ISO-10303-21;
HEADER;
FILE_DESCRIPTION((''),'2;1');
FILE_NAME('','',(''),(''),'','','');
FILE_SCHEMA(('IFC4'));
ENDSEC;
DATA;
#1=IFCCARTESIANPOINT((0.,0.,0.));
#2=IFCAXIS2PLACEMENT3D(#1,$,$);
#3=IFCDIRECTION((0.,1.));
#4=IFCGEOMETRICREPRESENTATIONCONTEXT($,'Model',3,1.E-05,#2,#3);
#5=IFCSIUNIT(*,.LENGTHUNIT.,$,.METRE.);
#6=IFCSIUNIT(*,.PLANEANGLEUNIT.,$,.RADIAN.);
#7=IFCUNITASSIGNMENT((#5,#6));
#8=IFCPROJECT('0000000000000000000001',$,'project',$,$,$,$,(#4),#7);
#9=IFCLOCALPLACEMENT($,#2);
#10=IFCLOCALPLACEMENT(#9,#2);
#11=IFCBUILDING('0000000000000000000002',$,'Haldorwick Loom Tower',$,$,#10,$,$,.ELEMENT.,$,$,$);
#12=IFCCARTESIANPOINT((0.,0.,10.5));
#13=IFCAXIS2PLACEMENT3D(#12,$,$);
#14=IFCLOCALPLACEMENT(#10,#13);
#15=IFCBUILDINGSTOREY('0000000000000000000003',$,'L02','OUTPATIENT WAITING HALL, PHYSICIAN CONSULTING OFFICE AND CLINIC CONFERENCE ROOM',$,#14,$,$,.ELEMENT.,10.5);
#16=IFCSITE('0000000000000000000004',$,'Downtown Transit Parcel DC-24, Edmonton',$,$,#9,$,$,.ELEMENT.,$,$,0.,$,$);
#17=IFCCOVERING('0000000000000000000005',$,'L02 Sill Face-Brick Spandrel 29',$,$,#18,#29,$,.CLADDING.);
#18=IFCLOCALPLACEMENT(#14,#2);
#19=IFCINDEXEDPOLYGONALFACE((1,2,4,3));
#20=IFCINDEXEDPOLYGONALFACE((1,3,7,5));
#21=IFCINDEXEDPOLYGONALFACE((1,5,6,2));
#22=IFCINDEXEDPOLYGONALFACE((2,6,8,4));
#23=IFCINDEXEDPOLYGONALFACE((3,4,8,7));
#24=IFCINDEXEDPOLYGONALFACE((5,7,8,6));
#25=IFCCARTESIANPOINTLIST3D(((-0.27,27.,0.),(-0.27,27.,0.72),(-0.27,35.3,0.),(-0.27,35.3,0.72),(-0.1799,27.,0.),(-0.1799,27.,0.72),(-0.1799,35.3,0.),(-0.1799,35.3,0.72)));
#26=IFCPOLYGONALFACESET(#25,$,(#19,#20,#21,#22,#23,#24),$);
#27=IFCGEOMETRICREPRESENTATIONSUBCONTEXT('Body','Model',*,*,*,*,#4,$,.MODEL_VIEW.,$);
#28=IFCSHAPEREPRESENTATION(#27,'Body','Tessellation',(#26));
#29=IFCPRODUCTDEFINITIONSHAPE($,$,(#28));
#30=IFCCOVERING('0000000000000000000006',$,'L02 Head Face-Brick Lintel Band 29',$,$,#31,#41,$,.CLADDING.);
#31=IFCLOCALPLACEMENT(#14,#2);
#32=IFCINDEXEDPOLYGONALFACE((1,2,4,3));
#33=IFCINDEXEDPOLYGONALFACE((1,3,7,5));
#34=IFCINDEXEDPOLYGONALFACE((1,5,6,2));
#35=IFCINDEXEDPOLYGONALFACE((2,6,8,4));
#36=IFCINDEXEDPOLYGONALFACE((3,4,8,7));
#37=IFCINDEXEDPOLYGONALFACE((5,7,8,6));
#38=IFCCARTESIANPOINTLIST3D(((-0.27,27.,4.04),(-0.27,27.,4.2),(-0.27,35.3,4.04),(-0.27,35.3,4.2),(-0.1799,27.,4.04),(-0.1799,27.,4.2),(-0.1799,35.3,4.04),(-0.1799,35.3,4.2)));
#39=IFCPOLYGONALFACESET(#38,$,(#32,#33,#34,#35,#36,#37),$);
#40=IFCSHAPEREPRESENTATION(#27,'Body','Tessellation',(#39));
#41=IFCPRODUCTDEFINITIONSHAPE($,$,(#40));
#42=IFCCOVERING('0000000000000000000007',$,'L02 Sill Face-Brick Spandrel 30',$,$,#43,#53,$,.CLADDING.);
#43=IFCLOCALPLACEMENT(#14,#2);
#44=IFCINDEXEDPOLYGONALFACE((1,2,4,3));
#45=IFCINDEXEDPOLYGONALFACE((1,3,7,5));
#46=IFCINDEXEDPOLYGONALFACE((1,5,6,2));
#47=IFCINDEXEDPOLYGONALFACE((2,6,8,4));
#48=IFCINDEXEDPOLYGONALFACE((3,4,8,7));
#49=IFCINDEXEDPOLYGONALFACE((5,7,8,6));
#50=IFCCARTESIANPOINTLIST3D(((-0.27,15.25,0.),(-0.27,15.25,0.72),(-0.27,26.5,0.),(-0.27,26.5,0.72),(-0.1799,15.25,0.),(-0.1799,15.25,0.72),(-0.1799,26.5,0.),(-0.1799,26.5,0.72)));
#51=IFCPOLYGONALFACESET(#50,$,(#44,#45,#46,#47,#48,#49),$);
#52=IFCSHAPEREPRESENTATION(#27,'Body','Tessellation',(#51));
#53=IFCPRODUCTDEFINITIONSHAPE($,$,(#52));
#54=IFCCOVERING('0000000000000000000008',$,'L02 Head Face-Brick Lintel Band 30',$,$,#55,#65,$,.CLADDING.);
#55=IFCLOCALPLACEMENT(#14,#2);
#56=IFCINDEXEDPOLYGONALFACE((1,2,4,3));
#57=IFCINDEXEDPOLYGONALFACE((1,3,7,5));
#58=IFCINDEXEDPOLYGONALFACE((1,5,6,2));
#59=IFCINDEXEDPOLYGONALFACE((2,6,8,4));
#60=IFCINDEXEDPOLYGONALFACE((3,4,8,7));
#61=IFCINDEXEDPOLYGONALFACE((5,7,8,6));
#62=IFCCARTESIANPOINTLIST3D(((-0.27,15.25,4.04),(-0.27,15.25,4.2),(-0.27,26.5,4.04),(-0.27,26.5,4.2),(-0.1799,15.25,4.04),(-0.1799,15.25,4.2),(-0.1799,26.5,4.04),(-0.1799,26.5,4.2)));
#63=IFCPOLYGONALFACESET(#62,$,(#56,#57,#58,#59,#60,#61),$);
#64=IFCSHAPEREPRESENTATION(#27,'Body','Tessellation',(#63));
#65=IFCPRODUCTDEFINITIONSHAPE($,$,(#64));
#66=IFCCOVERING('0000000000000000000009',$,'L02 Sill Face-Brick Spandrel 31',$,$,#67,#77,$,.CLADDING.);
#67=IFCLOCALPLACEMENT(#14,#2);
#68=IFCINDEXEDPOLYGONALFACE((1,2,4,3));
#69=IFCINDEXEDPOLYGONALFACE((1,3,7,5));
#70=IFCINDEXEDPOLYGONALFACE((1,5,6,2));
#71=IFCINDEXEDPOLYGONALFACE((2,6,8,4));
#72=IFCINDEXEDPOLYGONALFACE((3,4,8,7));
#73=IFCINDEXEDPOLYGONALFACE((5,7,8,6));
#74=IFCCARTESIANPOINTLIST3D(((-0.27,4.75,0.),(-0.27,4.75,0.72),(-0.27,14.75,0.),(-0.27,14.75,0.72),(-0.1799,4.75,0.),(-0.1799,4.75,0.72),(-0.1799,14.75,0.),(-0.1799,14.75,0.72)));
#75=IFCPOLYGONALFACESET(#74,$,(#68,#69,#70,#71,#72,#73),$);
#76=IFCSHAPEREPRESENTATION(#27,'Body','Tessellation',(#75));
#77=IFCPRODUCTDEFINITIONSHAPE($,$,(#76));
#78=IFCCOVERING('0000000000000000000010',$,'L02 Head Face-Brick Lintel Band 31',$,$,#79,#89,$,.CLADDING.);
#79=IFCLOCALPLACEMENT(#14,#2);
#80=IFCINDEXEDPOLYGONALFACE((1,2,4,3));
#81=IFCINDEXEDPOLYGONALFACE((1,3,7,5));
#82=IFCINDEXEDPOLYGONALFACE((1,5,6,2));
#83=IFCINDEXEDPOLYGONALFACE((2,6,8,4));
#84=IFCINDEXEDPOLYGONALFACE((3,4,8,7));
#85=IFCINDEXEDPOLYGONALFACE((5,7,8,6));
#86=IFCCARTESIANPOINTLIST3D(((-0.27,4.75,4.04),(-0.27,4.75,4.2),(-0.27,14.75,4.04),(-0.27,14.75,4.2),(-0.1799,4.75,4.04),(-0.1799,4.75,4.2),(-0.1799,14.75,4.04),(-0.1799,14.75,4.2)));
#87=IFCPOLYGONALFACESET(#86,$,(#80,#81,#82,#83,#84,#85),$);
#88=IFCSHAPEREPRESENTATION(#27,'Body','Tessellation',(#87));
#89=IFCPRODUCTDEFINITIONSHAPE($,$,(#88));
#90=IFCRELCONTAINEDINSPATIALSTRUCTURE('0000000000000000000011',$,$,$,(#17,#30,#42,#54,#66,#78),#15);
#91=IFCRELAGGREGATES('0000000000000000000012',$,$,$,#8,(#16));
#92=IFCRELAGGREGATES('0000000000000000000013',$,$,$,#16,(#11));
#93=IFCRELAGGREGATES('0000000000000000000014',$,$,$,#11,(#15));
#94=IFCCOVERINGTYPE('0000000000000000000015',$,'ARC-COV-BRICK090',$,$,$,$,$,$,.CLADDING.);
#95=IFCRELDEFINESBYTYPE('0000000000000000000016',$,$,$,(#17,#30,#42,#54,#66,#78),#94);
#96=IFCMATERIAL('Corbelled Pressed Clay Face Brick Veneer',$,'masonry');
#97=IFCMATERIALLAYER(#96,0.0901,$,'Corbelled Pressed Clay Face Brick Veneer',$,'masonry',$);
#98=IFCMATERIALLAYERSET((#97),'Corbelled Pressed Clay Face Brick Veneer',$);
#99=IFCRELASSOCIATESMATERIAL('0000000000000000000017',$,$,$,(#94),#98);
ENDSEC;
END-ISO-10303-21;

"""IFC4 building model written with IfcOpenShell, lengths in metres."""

from ifc_helpers import new_model, si_unit, direction, frame, origin, place, context, subcontext, project, spatial, polyline, outline, extrude, material, layer, layer_set, type_object, element, save


model = new_model("IFC4")

# Units and contexts
model_context = context("Model", 3, precision=1e-05, world=origin(), true_north=direction((0.0, 1.0)))
body_context = subcontext(model_context, "Body", "Model", "MODEL_VIEW")
ifc_project = project(units=[si_unit("LENGTHUNIT", "METRE"), si_unit("PLANEANGLEUNIT", "RADIAN")], contexts=[model_context])

# Site, building, storey
site_placement = place(None, origin())
site = spatial("IfcSite", under=ifc_project, at=site_placement, Name="Downtown Transit Parcel DC-24, Edmonton", CompositionType="ELEMENT", RefElevation=0.0)
building_placement = place(site_placement, origin())
building = spatial("IfcBuilding", under=site, at=building_placement, Name="Haldorwick Loom Tower", CompositionType="ELEMENT")
storey_placement = place(building_placement, frame((0.0, 0.0, 10.5)))
storey = spatial("IfcBuildingStorey", under=building, at=storey_placement, Name="L02", Description="OUTPATIENT WAITING HALL, PHYSICIAN CONSULTING OFFICE AND CLINIC CONFERENCE ROOM", CompositionType="ELEMENT", Elevation=10.5)

# Coverings
ifc_material_1 = material(Name="Corbelled Pressed Clay Face Brick Veneer", Category="masonry")
ifc_layer_1 = layer(ifc_material_1, 0.0901, Name="Corbelled Pressed Clay Face Brick Veneer", Category="masonry")
ifc_layer_set_1 = layer_set([ifc_layer_1], Name="Corbelled Pressed Clay Face Brick Veneer")
covering_type = type_object("IfcCoveringType", Name="ARC-COV-BRICK090", PredefinedType="CLADDING", material=ifc_layer_set_1)
covering_1_placement = place(storey_placement, origin())
element("IfcCovering", 1, at=covering_1_placement, inside=storey, type_object=covering_type, Name="L02 Sill Face-Brick Spandrel 29", PredefinedType="CLADDING", context=body_context, shape_type="SweptSolid", body=[
    extrude(outline(polyline([(-0.27, 35.3), (-0.27, 27.0), (-0.1799, 27.0), (-0.1799, 35.3), (-0.27, 35.3)])), origin(), (0.0, 0.0, 1.0), 0.72),
])
covering_2_placement = place(storey_placement, frame((0.0, 0.0, 4.04)))
element("IfcCovering", 2, at=covering_2_placement, inside=storey, type_object=covering_type, Name="L02 Head Face-Brick Lintel Band 29", PredefinedType="CLADDING", context=body_context, shape_type="SweptSolid", body=[
    extrude(outline(polyline([(-0.27, 35.3), (-0.27, 27.0), (-0.1799, 27.0), (-0.1799, 35.3), (-0.27, 35.3)])), origin(), (0.0, 0.0, 1.0), 0.1599),
])
covering_3_placement = place(storey_placement, origin())
element("IfcCovering", 3, at=covering_3_placement, inside=storey, type_object=covering_type, Name="L02 Sill Face-Brick Spandrel 30", PredefinedType="CLADDING", context=body_context, shape_type="SweptSolid", body=[
    extrude(outline(polyline([(-0.27, 26.5), (-0.27, 15.25), (-0.1799, 15.25), (-0.1799, 26.5), (-0.27, 26.5)])), origin(), (0.0, 0.0, 1.0), 0.72),
])
covering_4_placement = place(storey_placement, frame((0.0, 0.0, 4.04)))
element("IfcCovering", 4, at=covering_4_placement, inside=storey, type_object=covering_type, Name="L02 Head Face-Brick Lintel Band 30", PredefinedType="CLADDING", context=body_context, shape_type="SweptSolid", body=[
    extrude(outline(polyline([(-0.27, 26.5), (-0.27, 15.25), (-0.1799, 15.25), (-0.1799, 26.5), (-0.27, 26.5)])), origin(), (0.0, 0.0, 1.0), 0.1599),
])
covering_5_placement = place(storey_placement, origin())
element("IfcCovering", 5, at=covering_5_placement, inside=storey, type_object=covering_type, Name="L02 Sill Face-Brick Spandrel 31", PredefinedType="CLADDING", context=body_context, shape_type="SweptSolid", body=[
    extrude(outline(polyline([(-0.27, 14.75), (-0.27, 4.75), (-0.1799, 4.75), (-0.1799, 14.75), (-0.27, 14.75)])), origin(), (0.0, 0.0, 1.0), 0.72),
])
covering_6_placement = place(storey_placement, frame((0.0, 0.0, 4.04)))
element("IfcCovering", 6, at=covering_6_placement, inside=storey, type_object=covering_type, Name="L02 Head Face-Brick Lintel Band 31", PredefinedType="CLADDING", context=body_context, shape_type="SweptSolid", body=[
    extrude(outline(polyline([(-0.27, 14.75), (-0.27, 4.75), (-0.1799, 4.75), (-0.1799, 14.75), (-0.27, 14.75)])), origin(), (0.0, 0.0, 1.0), 0.1599),
])

save(model, "model.ifc")
